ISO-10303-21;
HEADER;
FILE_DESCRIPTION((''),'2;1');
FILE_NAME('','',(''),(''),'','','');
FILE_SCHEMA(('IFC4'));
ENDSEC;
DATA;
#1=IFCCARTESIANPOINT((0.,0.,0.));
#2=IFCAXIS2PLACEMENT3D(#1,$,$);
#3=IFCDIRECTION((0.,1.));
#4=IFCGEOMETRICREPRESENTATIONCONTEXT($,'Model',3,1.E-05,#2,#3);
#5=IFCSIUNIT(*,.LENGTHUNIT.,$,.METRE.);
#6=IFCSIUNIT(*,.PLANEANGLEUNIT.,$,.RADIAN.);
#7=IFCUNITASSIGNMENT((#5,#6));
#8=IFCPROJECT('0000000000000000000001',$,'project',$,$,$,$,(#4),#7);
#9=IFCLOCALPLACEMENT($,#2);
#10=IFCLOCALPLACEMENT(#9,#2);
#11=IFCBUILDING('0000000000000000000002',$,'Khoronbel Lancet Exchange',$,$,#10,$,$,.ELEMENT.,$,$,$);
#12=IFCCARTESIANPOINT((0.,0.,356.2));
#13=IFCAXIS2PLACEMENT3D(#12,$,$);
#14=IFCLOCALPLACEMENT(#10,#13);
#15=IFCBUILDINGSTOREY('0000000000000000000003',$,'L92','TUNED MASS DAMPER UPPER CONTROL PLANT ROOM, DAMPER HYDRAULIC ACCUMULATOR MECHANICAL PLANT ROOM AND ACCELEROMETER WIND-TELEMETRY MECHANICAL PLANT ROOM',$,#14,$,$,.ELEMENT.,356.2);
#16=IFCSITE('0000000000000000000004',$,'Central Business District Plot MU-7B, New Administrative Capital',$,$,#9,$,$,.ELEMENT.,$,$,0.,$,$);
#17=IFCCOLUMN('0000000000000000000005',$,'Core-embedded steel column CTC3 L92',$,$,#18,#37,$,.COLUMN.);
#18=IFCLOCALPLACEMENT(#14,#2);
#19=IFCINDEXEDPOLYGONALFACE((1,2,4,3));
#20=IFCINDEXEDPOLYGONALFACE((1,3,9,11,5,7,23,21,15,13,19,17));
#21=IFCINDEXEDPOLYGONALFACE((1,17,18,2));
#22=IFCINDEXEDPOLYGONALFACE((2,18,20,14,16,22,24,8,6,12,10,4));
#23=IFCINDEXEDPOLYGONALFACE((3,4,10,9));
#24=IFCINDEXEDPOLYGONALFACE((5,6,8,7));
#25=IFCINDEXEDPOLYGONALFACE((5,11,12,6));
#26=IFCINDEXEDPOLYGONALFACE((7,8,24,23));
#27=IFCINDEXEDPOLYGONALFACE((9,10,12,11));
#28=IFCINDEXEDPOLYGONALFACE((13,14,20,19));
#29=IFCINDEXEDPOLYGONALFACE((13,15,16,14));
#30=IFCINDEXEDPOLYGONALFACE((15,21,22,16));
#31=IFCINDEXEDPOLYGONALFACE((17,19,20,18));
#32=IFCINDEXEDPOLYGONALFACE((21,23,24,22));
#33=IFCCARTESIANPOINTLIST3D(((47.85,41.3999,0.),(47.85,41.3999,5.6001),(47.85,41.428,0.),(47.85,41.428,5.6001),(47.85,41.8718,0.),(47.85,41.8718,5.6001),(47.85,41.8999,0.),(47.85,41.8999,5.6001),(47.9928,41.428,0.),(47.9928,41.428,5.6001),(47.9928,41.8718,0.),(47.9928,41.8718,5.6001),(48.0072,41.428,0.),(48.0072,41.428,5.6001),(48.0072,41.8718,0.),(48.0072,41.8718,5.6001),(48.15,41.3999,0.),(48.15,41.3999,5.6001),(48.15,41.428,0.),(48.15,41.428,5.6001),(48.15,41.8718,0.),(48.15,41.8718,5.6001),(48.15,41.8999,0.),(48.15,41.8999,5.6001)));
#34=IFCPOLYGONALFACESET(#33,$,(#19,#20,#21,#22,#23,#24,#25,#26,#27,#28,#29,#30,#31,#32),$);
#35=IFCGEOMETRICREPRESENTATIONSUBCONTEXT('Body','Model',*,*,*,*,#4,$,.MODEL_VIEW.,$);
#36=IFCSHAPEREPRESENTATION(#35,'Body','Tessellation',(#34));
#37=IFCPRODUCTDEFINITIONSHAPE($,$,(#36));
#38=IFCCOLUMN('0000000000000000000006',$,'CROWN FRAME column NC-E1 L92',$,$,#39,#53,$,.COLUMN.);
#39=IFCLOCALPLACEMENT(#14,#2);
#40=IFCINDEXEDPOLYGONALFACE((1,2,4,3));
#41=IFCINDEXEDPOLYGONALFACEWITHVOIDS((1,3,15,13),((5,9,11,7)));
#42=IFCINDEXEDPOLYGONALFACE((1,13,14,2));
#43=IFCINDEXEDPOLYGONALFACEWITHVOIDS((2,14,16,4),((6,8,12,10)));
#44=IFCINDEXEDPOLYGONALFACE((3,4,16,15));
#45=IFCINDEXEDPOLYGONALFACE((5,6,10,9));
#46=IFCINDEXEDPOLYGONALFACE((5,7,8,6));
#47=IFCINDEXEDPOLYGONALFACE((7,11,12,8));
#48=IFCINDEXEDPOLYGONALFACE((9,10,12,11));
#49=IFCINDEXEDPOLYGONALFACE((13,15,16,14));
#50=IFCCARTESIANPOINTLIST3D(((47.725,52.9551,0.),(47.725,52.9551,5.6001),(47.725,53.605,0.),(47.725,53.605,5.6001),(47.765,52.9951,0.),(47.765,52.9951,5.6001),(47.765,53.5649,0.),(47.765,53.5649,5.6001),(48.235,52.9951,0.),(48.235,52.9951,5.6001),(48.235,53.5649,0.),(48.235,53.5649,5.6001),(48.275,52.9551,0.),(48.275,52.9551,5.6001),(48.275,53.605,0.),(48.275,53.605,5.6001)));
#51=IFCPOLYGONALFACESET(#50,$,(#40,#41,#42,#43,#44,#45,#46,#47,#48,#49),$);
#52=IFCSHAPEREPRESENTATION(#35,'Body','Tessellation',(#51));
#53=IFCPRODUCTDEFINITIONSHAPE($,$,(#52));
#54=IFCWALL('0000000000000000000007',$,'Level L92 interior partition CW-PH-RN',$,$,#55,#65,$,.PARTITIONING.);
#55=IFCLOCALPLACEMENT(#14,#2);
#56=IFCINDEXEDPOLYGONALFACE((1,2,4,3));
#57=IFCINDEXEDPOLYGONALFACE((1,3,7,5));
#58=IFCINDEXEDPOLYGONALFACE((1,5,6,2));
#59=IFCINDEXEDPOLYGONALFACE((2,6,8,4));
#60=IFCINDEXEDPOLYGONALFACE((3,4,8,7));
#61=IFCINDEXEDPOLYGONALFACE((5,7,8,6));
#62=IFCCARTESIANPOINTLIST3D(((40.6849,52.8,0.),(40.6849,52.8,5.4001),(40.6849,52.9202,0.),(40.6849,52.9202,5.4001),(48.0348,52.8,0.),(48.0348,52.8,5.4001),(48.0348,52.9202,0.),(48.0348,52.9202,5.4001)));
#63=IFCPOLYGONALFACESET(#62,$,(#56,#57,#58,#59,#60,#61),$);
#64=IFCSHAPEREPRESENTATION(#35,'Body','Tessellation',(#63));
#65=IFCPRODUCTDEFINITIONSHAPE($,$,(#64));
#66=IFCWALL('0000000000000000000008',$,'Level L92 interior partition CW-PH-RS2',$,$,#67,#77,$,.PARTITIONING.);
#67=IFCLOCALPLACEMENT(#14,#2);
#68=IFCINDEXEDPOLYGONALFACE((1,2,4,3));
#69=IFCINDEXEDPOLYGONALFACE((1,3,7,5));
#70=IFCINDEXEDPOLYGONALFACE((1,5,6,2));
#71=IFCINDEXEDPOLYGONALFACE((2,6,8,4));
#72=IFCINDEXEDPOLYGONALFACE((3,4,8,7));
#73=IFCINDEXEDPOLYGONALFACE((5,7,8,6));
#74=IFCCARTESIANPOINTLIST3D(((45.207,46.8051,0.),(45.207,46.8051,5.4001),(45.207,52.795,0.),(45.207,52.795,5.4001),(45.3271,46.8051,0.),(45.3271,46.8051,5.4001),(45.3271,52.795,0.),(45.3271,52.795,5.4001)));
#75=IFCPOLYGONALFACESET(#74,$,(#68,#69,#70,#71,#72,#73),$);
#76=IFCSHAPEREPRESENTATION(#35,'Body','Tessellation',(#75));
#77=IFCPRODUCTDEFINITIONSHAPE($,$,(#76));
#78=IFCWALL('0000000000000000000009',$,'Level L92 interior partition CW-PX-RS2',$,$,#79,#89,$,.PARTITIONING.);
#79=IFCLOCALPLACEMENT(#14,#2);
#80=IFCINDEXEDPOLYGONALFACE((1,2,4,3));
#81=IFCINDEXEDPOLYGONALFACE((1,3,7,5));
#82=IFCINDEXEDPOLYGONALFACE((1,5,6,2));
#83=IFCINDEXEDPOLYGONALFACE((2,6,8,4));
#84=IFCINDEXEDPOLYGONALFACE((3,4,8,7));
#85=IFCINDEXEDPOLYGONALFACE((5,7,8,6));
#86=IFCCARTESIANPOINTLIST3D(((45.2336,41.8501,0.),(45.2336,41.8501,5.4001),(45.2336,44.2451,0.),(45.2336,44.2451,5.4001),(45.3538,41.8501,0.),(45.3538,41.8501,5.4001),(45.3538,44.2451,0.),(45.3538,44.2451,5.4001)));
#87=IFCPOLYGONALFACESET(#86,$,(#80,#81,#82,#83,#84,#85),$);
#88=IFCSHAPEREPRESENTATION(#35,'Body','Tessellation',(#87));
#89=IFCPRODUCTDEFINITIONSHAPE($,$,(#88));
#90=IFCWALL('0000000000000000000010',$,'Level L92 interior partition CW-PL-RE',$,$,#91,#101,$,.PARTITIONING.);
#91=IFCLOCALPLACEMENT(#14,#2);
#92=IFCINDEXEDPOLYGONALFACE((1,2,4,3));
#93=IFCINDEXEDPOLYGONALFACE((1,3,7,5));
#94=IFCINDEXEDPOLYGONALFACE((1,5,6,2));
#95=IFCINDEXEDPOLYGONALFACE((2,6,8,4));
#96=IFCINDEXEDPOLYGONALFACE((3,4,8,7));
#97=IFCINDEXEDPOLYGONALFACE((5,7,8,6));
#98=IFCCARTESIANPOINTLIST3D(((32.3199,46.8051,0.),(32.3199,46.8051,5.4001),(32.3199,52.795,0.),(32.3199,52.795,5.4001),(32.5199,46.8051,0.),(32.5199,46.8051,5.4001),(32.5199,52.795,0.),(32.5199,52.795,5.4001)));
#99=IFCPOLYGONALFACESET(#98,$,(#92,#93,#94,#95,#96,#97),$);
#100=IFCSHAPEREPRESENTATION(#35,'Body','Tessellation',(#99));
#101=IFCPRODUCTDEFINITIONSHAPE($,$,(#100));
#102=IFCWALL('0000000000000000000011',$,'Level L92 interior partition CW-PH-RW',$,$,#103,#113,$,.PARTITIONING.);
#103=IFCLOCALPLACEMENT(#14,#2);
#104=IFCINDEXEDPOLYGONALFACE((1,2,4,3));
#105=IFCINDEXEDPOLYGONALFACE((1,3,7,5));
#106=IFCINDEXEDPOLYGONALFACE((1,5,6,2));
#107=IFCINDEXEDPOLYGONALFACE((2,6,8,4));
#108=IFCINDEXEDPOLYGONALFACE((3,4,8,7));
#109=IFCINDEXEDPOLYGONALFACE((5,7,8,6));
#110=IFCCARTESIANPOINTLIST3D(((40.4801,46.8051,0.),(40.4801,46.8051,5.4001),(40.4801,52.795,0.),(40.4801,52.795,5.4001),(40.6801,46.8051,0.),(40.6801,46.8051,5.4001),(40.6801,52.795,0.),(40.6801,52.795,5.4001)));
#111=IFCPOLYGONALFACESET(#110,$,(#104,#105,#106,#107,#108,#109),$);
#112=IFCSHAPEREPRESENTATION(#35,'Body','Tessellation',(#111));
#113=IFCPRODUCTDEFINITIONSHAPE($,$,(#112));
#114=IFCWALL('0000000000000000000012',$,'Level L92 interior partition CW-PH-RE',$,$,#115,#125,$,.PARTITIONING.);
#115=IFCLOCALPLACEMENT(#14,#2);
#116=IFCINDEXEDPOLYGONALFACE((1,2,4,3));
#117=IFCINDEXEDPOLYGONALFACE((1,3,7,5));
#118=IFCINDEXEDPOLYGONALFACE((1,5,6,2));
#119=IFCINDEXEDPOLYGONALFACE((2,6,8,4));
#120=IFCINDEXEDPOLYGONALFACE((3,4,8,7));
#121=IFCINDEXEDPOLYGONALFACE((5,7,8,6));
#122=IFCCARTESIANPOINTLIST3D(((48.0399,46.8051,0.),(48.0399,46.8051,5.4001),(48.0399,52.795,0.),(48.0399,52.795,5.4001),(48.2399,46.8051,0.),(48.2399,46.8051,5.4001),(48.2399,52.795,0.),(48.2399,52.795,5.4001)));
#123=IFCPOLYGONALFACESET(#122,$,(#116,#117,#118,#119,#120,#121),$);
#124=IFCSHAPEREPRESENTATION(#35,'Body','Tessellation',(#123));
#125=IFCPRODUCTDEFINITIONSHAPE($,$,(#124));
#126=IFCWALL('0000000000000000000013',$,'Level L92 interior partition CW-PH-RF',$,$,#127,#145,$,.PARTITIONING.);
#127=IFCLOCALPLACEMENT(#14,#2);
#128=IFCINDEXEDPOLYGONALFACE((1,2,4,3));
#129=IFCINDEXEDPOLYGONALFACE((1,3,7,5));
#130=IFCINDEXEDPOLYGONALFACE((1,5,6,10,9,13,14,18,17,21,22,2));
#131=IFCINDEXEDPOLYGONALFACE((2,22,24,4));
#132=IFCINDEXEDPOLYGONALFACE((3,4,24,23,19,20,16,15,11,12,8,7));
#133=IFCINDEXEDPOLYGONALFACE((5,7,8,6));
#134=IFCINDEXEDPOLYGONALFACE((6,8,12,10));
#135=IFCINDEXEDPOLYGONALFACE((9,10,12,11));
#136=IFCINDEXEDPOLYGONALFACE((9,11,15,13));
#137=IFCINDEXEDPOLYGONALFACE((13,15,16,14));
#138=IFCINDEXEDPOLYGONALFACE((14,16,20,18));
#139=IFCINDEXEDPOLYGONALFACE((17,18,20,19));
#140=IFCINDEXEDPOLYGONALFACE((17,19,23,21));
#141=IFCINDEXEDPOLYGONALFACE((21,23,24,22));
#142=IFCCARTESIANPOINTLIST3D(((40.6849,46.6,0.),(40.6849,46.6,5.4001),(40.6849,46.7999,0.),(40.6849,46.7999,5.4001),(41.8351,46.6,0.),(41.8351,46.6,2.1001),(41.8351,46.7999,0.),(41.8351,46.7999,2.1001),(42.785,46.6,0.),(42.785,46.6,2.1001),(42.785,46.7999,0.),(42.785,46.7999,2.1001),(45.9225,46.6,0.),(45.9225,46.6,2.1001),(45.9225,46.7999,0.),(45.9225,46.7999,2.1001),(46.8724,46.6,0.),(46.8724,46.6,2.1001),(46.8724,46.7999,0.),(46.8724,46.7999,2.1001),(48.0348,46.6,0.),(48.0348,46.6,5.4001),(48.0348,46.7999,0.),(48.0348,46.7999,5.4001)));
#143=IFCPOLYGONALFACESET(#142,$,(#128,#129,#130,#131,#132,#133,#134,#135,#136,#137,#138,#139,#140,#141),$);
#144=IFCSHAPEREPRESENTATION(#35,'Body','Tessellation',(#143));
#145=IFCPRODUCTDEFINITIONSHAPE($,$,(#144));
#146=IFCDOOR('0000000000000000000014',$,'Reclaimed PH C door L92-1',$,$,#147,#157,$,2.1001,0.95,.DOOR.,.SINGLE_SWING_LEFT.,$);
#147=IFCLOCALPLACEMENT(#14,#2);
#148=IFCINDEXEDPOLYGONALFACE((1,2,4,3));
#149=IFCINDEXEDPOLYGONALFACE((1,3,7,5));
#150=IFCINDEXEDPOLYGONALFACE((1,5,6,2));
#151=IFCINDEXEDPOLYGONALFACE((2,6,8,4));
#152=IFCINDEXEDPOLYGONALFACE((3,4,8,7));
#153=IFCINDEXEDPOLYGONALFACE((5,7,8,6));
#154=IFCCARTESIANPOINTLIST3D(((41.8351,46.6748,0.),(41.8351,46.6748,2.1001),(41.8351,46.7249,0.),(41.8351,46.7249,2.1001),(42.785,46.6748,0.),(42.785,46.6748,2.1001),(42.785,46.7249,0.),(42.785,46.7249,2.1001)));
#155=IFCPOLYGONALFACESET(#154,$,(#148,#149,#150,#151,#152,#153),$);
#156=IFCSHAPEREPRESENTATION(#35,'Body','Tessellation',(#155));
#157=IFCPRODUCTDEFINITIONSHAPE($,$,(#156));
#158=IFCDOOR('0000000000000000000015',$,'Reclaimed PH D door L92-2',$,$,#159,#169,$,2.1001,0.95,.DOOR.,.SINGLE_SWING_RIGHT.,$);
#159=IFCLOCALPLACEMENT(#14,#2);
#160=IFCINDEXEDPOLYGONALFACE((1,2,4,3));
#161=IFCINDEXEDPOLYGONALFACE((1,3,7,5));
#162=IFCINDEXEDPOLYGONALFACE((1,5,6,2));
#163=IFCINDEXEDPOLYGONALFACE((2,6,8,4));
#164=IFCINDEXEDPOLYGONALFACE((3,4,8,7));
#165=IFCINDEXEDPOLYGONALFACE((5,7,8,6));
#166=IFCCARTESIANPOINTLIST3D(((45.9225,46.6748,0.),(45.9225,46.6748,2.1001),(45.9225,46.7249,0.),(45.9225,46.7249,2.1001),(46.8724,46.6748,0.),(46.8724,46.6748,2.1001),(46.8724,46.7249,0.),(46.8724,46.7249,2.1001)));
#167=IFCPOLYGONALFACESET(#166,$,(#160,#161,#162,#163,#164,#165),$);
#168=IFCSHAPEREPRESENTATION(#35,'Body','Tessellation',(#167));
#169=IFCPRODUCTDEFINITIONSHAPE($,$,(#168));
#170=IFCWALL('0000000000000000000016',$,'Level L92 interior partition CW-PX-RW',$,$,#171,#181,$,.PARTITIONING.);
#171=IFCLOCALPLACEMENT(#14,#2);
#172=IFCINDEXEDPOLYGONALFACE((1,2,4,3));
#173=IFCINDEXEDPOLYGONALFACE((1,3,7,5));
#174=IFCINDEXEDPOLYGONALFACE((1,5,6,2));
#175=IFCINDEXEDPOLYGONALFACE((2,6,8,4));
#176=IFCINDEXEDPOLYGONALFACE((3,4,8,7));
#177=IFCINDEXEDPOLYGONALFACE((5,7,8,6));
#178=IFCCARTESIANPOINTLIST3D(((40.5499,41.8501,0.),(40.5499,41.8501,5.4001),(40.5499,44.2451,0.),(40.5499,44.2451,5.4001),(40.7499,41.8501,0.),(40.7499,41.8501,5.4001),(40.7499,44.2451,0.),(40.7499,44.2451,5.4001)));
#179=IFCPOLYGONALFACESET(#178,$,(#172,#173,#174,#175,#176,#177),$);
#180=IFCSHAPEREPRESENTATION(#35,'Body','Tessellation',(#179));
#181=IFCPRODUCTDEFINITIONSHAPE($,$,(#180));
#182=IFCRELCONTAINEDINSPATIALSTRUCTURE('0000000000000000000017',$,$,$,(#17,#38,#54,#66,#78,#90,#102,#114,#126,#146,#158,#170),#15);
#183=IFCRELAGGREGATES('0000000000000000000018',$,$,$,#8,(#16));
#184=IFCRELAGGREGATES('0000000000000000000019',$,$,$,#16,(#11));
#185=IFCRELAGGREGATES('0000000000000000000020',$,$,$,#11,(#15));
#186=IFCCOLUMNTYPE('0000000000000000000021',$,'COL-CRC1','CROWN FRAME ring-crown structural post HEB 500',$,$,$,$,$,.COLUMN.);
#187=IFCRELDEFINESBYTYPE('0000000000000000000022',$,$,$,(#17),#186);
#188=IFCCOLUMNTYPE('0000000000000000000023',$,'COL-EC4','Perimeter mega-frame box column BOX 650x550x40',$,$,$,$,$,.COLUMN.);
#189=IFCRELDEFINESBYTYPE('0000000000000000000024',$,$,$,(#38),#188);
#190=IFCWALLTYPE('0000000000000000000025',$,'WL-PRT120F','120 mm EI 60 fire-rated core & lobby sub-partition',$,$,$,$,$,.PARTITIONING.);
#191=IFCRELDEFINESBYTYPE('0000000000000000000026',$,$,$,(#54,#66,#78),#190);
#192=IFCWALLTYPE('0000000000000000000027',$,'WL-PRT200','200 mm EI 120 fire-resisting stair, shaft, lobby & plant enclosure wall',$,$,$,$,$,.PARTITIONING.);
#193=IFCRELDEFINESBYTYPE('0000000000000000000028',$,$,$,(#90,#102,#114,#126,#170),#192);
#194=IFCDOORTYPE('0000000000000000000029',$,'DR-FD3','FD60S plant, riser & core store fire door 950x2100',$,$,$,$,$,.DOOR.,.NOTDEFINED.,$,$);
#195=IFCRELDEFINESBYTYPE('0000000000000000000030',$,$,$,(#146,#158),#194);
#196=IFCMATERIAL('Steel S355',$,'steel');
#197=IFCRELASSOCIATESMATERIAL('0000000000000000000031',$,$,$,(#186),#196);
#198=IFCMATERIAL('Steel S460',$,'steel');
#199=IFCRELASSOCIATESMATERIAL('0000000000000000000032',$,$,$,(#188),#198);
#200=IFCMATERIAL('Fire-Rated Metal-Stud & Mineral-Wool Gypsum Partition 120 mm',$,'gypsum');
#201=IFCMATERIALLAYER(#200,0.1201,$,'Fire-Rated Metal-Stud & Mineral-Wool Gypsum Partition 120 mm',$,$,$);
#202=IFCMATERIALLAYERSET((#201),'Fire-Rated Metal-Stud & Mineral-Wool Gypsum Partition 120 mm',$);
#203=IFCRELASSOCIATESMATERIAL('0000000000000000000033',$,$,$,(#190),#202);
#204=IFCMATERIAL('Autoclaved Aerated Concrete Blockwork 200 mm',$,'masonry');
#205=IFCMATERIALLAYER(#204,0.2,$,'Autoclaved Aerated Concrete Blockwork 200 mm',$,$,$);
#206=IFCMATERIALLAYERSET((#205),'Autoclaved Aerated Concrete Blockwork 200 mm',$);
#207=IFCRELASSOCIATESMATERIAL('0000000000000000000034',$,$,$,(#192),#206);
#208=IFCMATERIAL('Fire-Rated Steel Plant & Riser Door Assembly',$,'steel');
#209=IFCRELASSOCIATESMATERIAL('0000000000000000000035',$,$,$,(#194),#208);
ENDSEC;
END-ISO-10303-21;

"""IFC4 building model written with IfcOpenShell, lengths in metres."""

from ifc_helpers import new_model, si_unit, direction, frame, frame_2d, origin, origin_2d, place, context, subcontext, project, spatial, rectangle, hollow_rectangle, i_section, extrude, material, layer, layer_set, material_profile, profile_set, type_object, element, fill, save


model = new_model("IFC4")

# Units and contexts
model_context = context("Model", 3, precision=1e-05, world=origin(), true_north=direction((0.0, 1.0)))
body_context = subcontext(model_context, "Body", "Model", "MODEL_VIEW")
ifc_project = project(units=[si_unit("LENGTHUNIT", "METRE"), si_unit("PLANEANGLEUNIT", "RADIAN")], contexts=[model_context])

# Site, building, storey
site_placement = place(None, origin())
site = spatial("IfcSite", under=ifc_project, at=site_placement, Name="Central Business District Plot MU-7B, New Administrative Capital", CompositionType="ELEMENT", RefElevation=0.0)
building_placement = place(site_placement, origin())
building = spatial("IfcBuilding", under=site, at=building_placement, Name="Khoronbel Lancet Exchange", CompositionType="ELEMENT")
storey_placement = place(building_placement, frame((0.0, 0.0, 356.2)))
storey = spatial("IfcBuildingStorey", under=building, at=storey_placement, Name="L92", Description="TUNED MASS DAMPER UPPER CONTROL PLANT ROOM, DAMPER HYDRAULIC ACCUMULATOR MECHANICAL PLANT ROOM AND ACCELEROMETER WIND-TELEMETRY MECHANICAL PLANT ROOM", CompositionType="ELEMENT", Elevation=356.2)

# Columns
ifc_material_1 = material(Name="Steel S355", Category="steel")
ifc_material_profile_1 = material_profile(ifc_material_1, i_section(OverallWidth=0.3, OverallDepth=0.5, WebThickness=0.0144, FlangeThickness=0.0281, at=origin_2d()), Name="HEB 500")
ifc_profile_set_1 = profile_set([ifc_material_profile_1], Name="Steel S355")
column_type_1 = type_object("IfcColumnType", Name="COL-CRC1", Description="CROWN FRAME ring-crown structural post HEB 500", PredefinedType="COLUMN", material=ifc_profile_set_1)
column_1_placement = place(storey_placement, frame((48.0, 41.6499, 0.0), z_axis=(0.0, 0.0, 1.0), x_axis=(1.0, 0.0, 0.0)))
element("IfcColumn", 1, at=column_1_placement, inside=storey, type_object=column_type_1, Name="Core-embedded steel column CTC3 L92", PredefinedType="COLUMN", context=body_context, shape_type="SweptSolid", body=[
    extrude(i_section(OverallWidth=0.3, OverallDepth=0.5, WebThickness=0.0144, FlangeThickness=0.0281, at=origin_2d()), origin(), (0.0, 0.0, 1.0), 5.6001),
])
ifc_material_2 = material(Name="Steel S460", Category="steel")
ifc_material_profile_2 = material_profile(ifc_material_2, hollow_rectangle(XDim=0.55, YDim=0.6499, WallThickness=0.04, at=origin_2d()), Name="BOX 650x550x40")
ifc_profile_set_2 = profile_set([ifc_material_profile_2], Name="Steel S460")
column_type_2 = type_object("IfcColumnType", Name="COL-EC4", Description="Perimeter mega-frame box column BOX 650x550x40", PredefinedType="COLUMN", material=ifc_profile_set_2)
column_2_placement = place(storey_placement, frame((48.0, 53.28, 0.0), z_axis=(0.0, 0.0, 1.0), x_axis=(1.0, 0.0, 0.0)))
element("IfcColumn", 2, at=column_2_placement, inside=storey, type_object=column_type_2, Name="CROWN FRAME column NC-E1 L92", PredefinedType="COLUMN", context=body_context, shape_type="SweptSolid", body=[
    extrude(hollow_rectangle(XDim=0.55, YDim=0.6499, WallThickness=0.04, at=origin_2d()), origin(), (0.0, 0.0, 1.0), 5.6001),
])

# Walls
ifc_material_3 = material(Name="Fire-Rated Metal-Stud & Mineral-Wool Gypsum Partition 120 mm", Category="gypsum")
ifc_layer_1 = layer(ifc_material_3, 0.1201, Name="Fire-Rated Metal-Stud & Mineral-Wool Gypsum Partition 120 mm")
ifc_layer_set_1 = layer_set([ifc_layer_1], Name="Fire-Rated Metal-Stud & Mineral-Wool Gypsum Partition 120 mm")
wall_type_1 = type_object("IfcWallType", Name="WL-PRT120F", Description="120 mm EI 60 fire-rated core & lobby sub-partition", PredefinedType="PARTITIONING", material=ifc_layer_set_1)
wall_1_placement = place(storey_placement, frame((40.6851, 52.8601, 0.0), z_axis=(0.0, 0.0, 1.0), x_axis=(1.0, 0.0, 0.0)))
element("IfcWall", 3, at=wall_1_placement, inside=storey, type_object=wall_type_1, Name="Level L92 interior partition CW-PH-RN", PredefinedType="PARTITIONING", context=body_context, shape_type="SweptSolid", body=[
    extrude(rectangle(XDim=7.3499, YDim=0.1201, at=frame_2d((3.6748, 0.0))), origin(), (0.0, 0.0, 1.0), 5.4001),
])
wall_2_placement = place(storey_placement, frame((45.2671, 46.8049, 0.0), z_axis=(0.0, 0.0, 1.0), x_axis=(0.0, 1.0, 0.0)))
element("IfcWall", 4, at=wall_2_placement, inside=storey, type_object=wall_type_1, Name="Level L92 interior partition CW-PH-RS2", PredefinedType="PARTITIONING", context=body_context, shape_type="SweptSolid", body=[
    extrude(rectangle(XDim=5.99, YDim=0.1201, at=frame_2d((2.9951, 0.0))), origin(), (0.0, 0.0, 1.0), 5.4001),
])
wall_3_placement = place(storey_placement, frame((45.2937, 41.8501, 0.0), z_axis=(0.0, 0.0, 1.0), x_axis=(0.0, 1.0, 0.0)))
element("IfcWall", 5, at=wall_3_placement, inside=storey, type_object=wall_type_1, Name="Level L92 interior partition CW-PX-RS2", PredefinedType="PARTITIONING", context=body_context, shape_type="SweptSolid", body=[
    extrude(rectangle(XDim=2.395, YDim=0.1201, at=frame_2d((1.1975, 0.0))), origin(), (0.0, 0.0, 1.0), 5.4001),
])
ifc_material_4 = material(Name="Autoclaved Aerated Concrete Blockwork 200 mm", Category="masonry")
ifc_layer_2 = layer(ifc_material_4, 0.2, Name="Autoclaved Aerated Concrete Blockwork 200 mm")
ifc_layer_set_2 = layer_set([ifc_layer_2], Name="Autoclaved Aerated Concrete Blockwork 200 mm")
wall_type_2 = type_object("IfcWallType", Name="WL-PRT200", Description="200 mm EI 120 fire-resisting stair, shaft, lobby & plant enclosure wall", PredefinedType="PARTITIONING", material=ifc_layer_set_2)
for number, where, z_axis, x_axis, name in (
    (6, (32.4199, 46.8049, 0.0), (0.0, 0.0, 1.0), (0.0, 1.0, 0.0), "Level L92 interior partition CW-PL-RE"),
    (7, (40.5801, 46.8049, 0.0), (0.0, 0.0, 1.0), (0.0, 1.0, 0.0), "Level L92 interior partition CW-PH-RW"),
    (8, (48.1399, 46.8049, 0.0), (0.0, 0.0, 1.0), (0.0, 1.0, 0.0), "Level L92 interior partition CW-PH-RE"),
):
    element("IfcWall", number, at=place(storey_placement, frame(where, z_axis=z_axis, x_axis=x_axis)), inside=storey, type_object=wall_type_2, Name=name, PredefinedType="PARTITIONING", context=body_context, shape_type="SweptSolid", body=[
        extrude(rectangle(XDim=5.99, YDim=0.2, at=frame_2d((2.9951, 0.0))), origin(), (0.0, 0.0, 1.0), 5.4001),
    ])

# Wall, openings, doors
wall_4_placement = place(storey_placement, frame((40.6851, 46.7, 0.0), z_axis=(0.0, 0.0, 1.0), x_axis=(1.0, 0.0, 0.0)))
wall_4 = element("IfcWall", 9, at=wall_4_placement, inside=storey, type_object=wall_type_2, Name="Level L92 interior partition CW-PH-RF", PredefinedType="PARTITIONING", context=body_context, shape_type="SweptSolid", body=[
    extrude(rectangle(XDim=7.3499, YDim=0.2, at=frame_2d((3.6748, 0.0))), origin(), (0.0, 0.0, 1.0), 5.4001),
])
opening_1_placement = place(wall_4_placement, frame((1.1499, 0.0, 0.0)))
opening_1 = element("IfcOpeningElement", 10, at=opening_1_placement, cuts=wall_4, PredefinedType="OPENING", context=body_context, shape_type="SweptSolid", body=[
    extrude(rectangle(XDim=0.95, YDim=2.1001, at=frame_2d((0.4751, 1.05))), frame((0.0, 0.1099, 0.0), z_axis=(0.0, -1.0, 0.0), x_axis=(1.0, 0.0, 0.0)), (0.0, 0.0, 1.0), 0.22),
])
opening_2_placement = place(wall_4_placement, frame((5.2373, 0.0, 0.0)))
opening_2 = element("IfcOpeningElement", 11, at=opening_2_placement, cuts=wall_4, PredefinedType="OPENING", context=body_context, shape_type="SweptSolid", body=[
    extrude(rectangle(XDim=0.95, YDim=2.1001, at=frame_2d((0.4751, 1.05))), frame((0.0, 0.1099, 0.0), z_axis=(0.0, -1.0, 0.0), x_axis=(1.0, 0.0, 0.0)), (0.0, 0.0, 1.0), 0.22),
])
ifc_material_5 = material(Name="Fire-Rated Steel Plant & Riser Door Assembly", Category="steel")
door_type = type_object("IfcDoorType", Name="DR-FD3", Description="FD60S plant, riser & core store fire door 950x2100", OperationType="NOTDEFINED", PredefinedType="DOOR", material=ifc_material_5)
door_1_placement = place(opening_1_placement, origin())
door_1 = element("IfcDoor", 12, at=door_1_placement, inside=storey, type_object=door_type, Name="Reclaimed PH C door L92-1", OperationType="SINGLE_SWING_LEFT", OverallHeight=2.1001, OverallWidth=0.95, PredefinedType="DOOR", context=body_context, shape_type="SweptSolid", body=[
    extrude(rectangle(XDim=0.95, YDim=2.1001, at=frame_2d((0.4751, 1.05))), frame((0.0, 0.0249, 0.0), z_axis=(0.0, -1.0, 0.0), x_axis=(1.0, 0.0, 0.0)), (0.0, 0.0, 1.0), 0.05),
])
fill(opening_1, door_1)
door_2_placement = place(opening_2_placement, origin())
door_2 = element("IfcDoor", 13, at=door_2_placement, inside=storey, type_object=door_type, Name="Reclaimed PH D door L92-2", OperationType="SINGLE_SWING_RIGHT", OverallHeight=2.1001, OverallWidth=0.95, PredefinedType="DOOR", context=body_context, shape_type="SweptSolid", body=[
    extrude(rectangle(XDim=0.95, YDim=2.1001, at=frame_2d((0.4751, 1.05))), frame((0.0, 0.0249, 0.0), z_axis=(0.0, -1.0, 0.0), x_axis=(1.0, 0.0, 0.0)), (0.0, 0.0, 1.0), 0.05),
])
fill(opening_2, door_2)

# Wall
for number, where, z_axis, x_axis, name in (
    (14, (40.6499, 41.8501, 0.0), (0.0, 0.0, 1.0), (0.0, 1.0, 0.0), "Level L92 interior partition CW-PX-RW"),
):
    element("IfcWall", number, at=place(storey_placement, frame(where, z_axis=z_axis, x_axis=x_axis)), inside=storey, type_object=wall_type_2, Name=name, PredefinedType="PARTITIONING", context=body_context, shape_type="SweptSolid", body=[
        extrude(rectangle(XDim=2.395, YDim=0.2, at=frame_2d((1.1975, 0.0))), origin(), (0.0, 0.0, 1.0), 5.4001),
    ])

save(model, "model.ifc")
